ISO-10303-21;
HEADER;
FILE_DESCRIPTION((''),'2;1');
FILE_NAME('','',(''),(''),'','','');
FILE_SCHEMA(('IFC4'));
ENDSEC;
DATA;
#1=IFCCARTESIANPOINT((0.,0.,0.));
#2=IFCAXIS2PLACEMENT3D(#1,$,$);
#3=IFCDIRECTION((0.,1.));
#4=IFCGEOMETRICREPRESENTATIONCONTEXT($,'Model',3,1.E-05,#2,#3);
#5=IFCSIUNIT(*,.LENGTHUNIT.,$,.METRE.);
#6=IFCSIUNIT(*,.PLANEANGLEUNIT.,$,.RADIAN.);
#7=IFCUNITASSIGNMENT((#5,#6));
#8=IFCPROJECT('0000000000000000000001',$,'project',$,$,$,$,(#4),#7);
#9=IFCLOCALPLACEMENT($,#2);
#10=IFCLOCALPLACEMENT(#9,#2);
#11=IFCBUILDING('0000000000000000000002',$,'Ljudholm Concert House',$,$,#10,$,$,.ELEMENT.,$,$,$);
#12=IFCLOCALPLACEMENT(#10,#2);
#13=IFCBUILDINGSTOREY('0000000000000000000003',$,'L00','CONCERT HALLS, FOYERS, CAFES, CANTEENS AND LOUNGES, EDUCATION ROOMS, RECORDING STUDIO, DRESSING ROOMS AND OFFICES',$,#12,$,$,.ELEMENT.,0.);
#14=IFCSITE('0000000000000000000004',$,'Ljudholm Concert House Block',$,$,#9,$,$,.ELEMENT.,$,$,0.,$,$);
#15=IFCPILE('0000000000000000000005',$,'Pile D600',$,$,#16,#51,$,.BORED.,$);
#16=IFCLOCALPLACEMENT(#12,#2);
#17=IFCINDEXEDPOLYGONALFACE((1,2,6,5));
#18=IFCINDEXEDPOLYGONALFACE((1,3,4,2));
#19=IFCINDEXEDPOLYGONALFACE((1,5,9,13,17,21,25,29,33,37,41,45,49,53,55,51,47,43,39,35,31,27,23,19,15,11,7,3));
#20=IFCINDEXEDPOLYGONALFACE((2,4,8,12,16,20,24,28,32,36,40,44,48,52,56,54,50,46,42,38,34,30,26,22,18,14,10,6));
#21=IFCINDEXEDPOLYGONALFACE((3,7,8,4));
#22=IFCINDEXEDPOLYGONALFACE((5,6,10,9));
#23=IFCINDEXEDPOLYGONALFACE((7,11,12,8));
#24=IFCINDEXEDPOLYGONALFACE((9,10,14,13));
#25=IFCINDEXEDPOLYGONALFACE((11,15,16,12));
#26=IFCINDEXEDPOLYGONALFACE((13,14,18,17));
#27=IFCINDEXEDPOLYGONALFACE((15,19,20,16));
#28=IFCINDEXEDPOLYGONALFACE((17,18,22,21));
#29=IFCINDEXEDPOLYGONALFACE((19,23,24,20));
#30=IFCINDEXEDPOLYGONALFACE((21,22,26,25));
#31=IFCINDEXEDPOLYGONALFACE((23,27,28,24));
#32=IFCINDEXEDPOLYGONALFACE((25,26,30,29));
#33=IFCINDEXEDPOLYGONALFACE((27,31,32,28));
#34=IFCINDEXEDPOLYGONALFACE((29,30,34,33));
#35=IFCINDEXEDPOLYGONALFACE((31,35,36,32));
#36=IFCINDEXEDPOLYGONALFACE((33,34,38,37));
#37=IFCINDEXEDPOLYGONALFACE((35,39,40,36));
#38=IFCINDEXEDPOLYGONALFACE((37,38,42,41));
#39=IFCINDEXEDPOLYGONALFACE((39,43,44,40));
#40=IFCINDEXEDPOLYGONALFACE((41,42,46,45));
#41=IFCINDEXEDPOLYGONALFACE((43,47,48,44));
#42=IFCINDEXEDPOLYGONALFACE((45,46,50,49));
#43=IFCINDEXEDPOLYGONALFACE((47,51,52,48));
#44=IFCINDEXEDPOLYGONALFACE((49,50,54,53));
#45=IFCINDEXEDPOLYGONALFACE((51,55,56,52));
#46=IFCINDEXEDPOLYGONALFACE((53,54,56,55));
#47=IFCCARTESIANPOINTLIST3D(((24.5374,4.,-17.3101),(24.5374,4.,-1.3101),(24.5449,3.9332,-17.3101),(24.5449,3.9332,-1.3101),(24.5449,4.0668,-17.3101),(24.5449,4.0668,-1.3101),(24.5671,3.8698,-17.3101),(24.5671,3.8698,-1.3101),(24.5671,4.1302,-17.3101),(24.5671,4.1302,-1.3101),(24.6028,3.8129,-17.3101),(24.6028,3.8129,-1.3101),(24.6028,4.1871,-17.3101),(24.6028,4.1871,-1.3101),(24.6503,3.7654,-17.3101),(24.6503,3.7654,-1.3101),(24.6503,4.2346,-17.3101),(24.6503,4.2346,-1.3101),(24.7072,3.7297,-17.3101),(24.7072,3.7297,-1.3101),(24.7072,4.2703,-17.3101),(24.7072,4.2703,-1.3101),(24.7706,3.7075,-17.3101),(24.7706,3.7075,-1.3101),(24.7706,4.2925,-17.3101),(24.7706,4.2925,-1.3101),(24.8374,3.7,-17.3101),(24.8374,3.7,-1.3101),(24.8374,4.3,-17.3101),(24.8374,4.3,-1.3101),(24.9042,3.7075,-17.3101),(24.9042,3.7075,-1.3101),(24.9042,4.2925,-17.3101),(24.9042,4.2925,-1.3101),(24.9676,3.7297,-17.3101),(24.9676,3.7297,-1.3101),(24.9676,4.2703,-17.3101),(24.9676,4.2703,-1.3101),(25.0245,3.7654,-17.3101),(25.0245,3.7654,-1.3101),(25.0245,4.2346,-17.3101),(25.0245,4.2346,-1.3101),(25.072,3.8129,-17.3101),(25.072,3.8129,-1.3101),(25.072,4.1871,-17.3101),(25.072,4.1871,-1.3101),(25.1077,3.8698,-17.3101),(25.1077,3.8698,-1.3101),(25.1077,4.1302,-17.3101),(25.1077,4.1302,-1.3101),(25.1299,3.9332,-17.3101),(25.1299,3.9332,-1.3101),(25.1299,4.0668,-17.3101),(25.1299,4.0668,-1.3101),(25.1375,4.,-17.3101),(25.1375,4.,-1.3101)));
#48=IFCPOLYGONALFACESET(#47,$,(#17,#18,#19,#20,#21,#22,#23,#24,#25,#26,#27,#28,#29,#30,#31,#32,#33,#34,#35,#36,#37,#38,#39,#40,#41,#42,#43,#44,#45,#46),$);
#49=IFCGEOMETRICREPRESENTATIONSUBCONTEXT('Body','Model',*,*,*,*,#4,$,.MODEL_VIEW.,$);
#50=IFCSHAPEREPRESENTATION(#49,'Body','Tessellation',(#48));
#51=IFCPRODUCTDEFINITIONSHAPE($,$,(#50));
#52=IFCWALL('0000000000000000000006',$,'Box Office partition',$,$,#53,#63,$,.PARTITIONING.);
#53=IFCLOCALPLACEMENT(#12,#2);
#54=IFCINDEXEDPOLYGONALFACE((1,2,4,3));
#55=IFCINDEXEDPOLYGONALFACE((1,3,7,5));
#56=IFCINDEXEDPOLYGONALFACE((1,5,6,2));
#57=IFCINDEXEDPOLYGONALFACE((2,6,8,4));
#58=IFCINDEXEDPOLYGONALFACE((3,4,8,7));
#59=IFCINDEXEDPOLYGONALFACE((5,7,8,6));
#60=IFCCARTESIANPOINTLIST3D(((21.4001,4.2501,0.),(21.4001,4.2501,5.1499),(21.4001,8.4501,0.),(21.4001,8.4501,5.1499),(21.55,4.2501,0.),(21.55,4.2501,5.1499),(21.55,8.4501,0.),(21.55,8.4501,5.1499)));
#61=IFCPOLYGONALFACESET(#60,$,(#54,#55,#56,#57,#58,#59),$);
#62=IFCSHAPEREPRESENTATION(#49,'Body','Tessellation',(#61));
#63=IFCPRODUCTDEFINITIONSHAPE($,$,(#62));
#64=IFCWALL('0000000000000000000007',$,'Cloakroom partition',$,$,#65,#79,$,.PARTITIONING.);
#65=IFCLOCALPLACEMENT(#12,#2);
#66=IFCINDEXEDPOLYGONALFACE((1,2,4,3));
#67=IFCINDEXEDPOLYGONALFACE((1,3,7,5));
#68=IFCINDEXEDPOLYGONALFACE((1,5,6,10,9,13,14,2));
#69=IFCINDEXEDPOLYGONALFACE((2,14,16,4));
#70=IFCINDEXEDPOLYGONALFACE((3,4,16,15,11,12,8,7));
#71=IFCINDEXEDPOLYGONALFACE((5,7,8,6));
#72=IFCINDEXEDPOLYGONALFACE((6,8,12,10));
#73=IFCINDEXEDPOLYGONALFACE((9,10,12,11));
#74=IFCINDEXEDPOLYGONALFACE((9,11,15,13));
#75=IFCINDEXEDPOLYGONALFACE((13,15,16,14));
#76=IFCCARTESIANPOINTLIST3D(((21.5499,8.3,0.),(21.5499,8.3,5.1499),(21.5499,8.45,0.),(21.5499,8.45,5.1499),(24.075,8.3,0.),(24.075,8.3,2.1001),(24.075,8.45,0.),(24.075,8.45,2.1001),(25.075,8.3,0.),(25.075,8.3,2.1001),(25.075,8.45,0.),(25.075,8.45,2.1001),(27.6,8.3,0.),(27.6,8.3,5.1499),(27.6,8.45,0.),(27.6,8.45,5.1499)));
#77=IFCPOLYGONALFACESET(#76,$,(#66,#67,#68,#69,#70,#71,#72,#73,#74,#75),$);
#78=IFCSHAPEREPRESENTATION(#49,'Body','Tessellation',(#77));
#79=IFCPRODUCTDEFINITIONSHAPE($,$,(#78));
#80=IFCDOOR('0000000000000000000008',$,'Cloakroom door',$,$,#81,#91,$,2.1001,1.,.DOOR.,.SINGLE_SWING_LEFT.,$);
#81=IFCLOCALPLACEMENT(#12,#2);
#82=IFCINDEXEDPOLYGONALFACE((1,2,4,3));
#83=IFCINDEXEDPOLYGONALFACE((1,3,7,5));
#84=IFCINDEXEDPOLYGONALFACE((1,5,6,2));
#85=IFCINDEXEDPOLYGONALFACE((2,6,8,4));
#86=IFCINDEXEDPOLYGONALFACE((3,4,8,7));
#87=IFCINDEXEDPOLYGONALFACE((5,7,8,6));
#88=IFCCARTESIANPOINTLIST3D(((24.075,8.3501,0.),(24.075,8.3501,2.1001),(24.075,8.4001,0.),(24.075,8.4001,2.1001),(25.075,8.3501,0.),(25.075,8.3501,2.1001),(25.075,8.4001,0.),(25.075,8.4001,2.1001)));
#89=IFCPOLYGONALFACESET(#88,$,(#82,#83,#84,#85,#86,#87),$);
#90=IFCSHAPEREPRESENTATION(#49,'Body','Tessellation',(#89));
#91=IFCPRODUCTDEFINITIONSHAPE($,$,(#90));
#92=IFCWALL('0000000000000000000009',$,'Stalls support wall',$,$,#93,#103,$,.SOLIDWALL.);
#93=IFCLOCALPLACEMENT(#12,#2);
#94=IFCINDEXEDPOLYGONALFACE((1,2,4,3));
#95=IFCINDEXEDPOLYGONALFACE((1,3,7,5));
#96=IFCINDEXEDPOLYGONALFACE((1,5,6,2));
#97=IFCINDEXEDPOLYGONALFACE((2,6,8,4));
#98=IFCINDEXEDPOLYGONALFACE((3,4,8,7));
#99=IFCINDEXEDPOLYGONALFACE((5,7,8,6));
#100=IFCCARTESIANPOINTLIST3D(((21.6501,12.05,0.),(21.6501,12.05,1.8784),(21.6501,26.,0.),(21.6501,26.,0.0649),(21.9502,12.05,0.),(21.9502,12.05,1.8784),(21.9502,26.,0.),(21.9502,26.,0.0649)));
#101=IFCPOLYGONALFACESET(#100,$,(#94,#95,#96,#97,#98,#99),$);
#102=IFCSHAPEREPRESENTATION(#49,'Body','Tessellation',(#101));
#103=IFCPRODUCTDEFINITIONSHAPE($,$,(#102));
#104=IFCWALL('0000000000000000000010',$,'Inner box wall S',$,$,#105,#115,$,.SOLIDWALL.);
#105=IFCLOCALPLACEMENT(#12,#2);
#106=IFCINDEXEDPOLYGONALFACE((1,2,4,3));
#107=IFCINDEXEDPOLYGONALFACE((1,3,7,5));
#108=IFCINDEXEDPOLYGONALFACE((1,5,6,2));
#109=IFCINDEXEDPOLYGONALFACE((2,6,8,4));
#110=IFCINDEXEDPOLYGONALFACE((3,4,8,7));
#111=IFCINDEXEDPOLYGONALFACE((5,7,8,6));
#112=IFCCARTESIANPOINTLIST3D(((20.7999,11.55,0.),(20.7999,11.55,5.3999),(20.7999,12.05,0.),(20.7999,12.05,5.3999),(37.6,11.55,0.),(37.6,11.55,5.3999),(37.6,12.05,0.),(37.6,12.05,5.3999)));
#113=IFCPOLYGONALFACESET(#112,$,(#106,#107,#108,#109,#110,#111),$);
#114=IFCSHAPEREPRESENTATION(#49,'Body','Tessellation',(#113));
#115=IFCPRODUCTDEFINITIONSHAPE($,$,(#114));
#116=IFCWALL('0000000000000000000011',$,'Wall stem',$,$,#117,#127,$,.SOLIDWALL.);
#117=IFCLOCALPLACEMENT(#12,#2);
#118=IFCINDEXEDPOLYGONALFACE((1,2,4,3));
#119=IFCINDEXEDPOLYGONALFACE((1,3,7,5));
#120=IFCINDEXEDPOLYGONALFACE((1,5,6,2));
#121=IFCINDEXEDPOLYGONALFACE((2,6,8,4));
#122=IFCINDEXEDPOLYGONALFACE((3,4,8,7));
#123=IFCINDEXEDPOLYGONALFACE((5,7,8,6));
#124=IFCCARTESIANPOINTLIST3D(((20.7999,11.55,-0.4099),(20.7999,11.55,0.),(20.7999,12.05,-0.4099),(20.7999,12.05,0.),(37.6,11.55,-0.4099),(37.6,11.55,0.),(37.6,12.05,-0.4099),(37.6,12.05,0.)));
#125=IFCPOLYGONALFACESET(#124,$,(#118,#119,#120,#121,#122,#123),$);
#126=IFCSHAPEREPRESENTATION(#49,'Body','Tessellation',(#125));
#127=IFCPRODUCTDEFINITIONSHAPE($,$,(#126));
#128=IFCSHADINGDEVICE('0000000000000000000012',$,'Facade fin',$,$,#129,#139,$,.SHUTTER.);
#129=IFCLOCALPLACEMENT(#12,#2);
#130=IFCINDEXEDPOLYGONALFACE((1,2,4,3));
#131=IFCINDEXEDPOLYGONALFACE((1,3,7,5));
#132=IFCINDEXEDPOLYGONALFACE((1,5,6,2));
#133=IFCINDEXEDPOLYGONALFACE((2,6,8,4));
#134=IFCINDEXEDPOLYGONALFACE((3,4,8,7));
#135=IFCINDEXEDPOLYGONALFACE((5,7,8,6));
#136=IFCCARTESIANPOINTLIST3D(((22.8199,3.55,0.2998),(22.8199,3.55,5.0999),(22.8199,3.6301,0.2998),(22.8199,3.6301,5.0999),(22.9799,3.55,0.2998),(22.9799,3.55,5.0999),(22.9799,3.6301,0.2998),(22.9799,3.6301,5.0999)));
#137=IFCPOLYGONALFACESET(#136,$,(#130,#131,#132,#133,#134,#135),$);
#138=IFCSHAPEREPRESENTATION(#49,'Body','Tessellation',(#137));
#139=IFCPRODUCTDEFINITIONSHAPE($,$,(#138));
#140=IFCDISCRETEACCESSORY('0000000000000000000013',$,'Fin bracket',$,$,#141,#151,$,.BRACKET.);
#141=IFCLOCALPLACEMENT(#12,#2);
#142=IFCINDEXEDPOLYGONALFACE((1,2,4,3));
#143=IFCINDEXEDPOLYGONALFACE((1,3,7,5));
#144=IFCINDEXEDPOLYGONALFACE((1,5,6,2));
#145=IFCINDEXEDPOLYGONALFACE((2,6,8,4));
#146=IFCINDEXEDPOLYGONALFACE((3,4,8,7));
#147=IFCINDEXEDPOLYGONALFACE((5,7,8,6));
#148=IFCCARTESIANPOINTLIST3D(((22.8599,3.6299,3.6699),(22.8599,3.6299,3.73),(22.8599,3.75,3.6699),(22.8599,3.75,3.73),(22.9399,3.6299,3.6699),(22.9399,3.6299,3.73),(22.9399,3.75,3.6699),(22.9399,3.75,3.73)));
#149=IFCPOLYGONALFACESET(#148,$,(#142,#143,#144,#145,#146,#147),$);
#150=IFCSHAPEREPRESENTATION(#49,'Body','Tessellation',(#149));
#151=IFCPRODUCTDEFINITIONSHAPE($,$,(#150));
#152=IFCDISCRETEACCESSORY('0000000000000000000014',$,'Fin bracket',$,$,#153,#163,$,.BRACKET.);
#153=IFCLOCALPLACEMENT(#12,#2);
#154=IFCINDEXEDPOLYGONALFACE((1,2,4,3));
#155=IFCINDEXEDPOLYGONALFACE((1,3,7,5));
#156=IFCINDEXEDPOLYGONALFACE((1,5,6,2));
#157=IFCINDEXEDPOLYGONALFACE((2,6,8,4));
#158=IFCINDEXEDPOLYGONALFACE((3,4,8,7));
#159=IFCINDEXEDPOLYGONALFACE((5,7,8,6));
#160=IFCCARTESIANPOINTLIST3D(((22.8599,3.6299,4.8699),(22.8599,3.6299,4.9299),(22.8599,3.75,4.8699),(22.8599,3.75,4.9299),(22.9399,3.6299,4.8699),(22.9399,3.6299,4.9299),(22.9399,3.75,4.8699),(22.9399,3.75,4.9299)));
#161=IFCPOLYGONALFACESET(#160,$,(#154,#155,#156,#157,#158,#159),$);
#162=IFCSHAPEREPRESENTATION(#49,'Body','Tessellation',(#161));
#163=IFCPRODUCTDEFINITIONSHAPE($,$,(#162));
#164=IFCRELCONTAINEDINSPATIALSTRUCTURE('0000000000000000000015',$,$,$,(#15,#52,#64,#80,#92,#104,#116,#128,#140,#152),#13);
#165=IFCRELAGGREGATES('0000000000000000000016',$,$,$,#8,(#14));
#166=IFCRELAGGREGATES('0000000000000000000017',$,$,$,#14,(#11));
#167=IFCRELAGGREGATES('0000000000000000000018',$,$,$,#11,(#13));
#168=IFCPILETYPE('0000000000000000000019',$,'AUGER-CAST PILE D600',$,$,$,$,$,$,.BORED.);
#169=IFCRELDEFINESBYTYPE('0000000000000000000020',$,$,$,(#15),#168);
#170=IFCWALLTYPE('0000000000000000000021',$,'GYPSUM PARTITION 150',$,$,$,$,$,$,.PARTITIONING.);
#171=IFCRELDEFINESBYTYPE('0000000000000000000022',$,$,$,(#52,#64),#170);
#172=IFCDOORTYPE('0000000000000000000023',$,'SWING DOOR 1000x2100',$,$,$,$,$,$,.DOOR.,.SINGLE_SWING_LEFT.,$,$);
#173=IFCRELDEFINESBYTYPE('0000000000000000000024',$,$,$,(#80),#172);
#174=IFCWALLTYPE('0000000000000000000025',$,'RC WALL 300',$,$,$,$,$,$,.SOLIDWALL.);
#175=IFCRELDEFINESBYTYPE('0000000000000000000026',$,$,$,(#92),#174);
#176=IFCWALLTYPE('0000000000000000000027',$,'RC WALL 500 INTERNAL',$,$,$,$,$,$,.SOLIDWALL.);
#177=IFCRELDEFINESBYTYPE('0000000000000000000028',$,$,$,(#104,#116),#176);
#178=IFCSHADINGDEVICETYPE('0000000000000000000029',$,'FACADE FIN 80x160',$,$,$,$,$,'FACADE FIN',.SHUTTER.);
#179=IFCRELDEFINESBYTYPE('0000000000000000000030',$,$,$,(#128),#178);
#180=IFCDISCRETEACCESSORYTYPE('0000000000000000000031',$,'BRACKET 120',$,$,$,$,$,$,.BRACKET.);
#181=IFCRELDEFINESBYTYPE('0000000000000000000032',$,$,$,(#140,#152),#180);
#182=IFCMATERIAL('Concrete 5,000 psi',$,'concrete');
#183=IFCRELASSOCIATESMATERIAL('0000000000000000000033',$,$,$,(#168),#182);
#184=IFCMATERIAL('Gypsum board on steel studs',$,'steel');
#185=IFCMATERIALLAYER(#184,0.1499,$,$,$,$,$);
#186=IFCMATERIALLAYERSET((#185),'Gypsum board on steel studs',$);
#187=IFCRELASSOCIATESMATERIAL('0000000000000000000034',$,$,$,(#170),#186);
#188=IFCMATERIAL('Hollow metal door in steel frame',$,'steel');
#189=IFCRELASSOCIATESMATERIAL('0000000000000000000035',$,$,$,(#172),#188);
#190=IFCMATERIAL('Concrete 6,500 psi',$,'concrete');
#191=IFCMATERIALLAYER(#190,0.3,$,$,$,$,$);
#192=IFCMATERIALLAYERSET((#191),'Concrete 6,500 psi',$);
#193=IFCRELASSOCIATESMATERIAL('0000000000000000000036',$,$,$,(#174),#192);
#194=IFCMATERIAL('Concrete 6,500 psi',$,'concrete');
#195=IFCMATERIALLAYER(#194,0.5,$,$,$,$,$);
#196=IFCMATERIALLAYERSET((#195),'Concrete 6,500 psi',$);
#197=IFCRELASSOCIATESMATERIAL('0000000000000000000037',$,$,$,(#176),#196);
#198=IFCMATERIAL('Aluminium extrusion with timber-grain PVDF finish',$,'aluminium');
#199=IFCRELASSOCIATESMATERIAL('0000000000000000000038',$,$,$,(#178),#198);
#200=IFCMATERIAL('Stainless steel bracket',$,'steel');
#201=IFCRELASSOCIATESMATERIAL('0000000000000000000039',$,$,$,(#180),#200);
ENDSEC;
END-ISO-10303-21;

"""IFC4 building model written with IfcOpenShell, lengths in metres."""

from ifc_helpers import new_model, si_unit, direction, frame, frame_2d, origin, origin_2d, place, context, subcontext, project, spatial, polyline, rectangle, circle, outline, extrude, material, layer, layer_set, material_profile, profile_set, type_object, element, fill, save


model = new_model("IFC4")

# Units and contexts
model_context = context("Model", 3, precision=1e-05, world=origin(), true_north=direction((0.0, 1.0)))
body_context = subcontext(model_context, "Body", "Model", "MODEL_VIEW")
ifc_project = project(units=[si_unit("LENGTHUNIT", "METRE"), si_unit("PLANEANGLEUNIT", "RADIAN")], contexts=[model_context])

# Site, building, storey
site_placement = place(None, origin())
site = spatial("IfcSite", under=ifc_project, at=site_placement, Name="Ljudholm Concert House Block", CompositionType="ELEMENT", RefElevation=0.0)
building_placement = place(site_placement, origin())
building = spatial("IfcBuilding", under=site, at=building_placement, Name="Ljudholm Concert House", CompositionType="ELEMENT")
storey_placement = place(building_placement, origin())
storey = spatial("IfcBuildingStorey", under=building, at=storey_placement, Name="L00", Description="CONCERT HALLS, FOYERS, CAFES, CANTEENS AND LOUNGES, EDUCATION ROOMS, RECORDING STUDIO, DRESSING ROOMS AND OFFICES", CompositionType="ELEMENT", Elevation=0.0)

# Pile
ifc_material_1 = material(Name="Concrete 5,000 psi", Category="concrete")
ifc_material_profile = material_profile(ifc_material_1, circle(Radius=0.3, at=origin_2d()), Name="AUGER-CAST PILE D600")
ifc_profile_set = profile_set([ifc_material_profile], Name="Concrete 5,000 psi")
pile_type = type_object("IfcPileType", Name="AUGER-CAST PILE D600", PredefinedType="BORED", material=ifc_profile_set)
for number, where, z_axis, x_axis, name in (
    (1, (24.8374, 4.0, -1.3101), (0.0, 0.0, -1.0), (1.0, 0.0, 0.0), "Pile D600"),
):
    element("IfcPile", number, at=place(storey_placement, frame(where, z_axis=z_axis, x_axis=x_axis)), inside=storey, type_object=pile_type, Name=name, PredefinedType="BORED", context=body_context, shape_type="SweptSolid", body=[
        extrude(circle(Radius=0.3, at=origin_2d()), origin(), (0.0, 0.0, 1.0), 16.0),
    ])

# Wall
ifc_material_2 = material(Name="Gypsum board on steel studs", Category="steel")
ifc_layer_1 = layer(ifc_material_2, 0.1499)
ifc_layer_set_1 = layer_set([ifc_layer_1], Name="Gypsum board on steel studs")
wall_type_1 = type_object("IfcWallType", Name="GYPSUM PARTITION 150", PredefinedType="PARTITIONING", material=ifc_layer_set_1)
wall_1_placement = place(storey_placement, frame((21.4751, 4.25, 0.0), z_axis=(0.0, 0.0, 1.0), x_axis=(0.0, 1.0, 0.0)))
element("IfcWall", 2, at=wall_1_placement, inside=storey, type_object=wall_type_1, Name="Box Office partition", PredefinedType="PARTITIONING", context=body_context, shape_type="SweptSolid", body=[
    extrude(rectangle(XDim=4.2, YDim=0.1499, at=frame_2d((2.1001, 0.0))), origin(), (0.0, 0.0, 1.0), 5.1499),
])

# Wall, opening, door
wall_2_placement = place(storey_placement, frame((21.55, 8.375, 0.0), z_axis=(0.0, 0.0, 1.0), x_axis=(1.0, 0.0, 0.0)))
wall_2 = element("IfcWall", 3, at=wall_2_placement, inside=storey, type_object=wall_type_1, Name="Cloakroom partition", PredefinedType="PARTITIONING", context=body_context, shape_type="SweptSolid", body=[
    extrude(rectangle(XDim=6.05, YDim=0.1499, at=frame_2d((3.0249, 0.0))), origin(), (0.0, 0.0, 1.0), 5.1499),
])
opening_placement = place(wall_2_placement, frame((2.5249, 0.0, 0.0)))
opening = element("IfcOpeningElement", 4, at=opening_placement, cuts=wall_2, PredefinedType="OPENING", context=body_context, shape_type="SweptSolid", body=[
    extrude(rectangle(XDim=1.0, YDim=2.1001, at=frame_2d((0.5, 1.05))), frame((0.0, 0.085, 0.0), z_axis=(0.0, -1.0, 0.0), x_axis=(1.0, 0.0, 0.0)), (0.0, 0.0, 1.0), 0.1699),
])
ifc_material_3 = material(Name="Hollow metal door in steel frame", Category="steel")
door_type = type_object("IfcDoorType", Name="SWING DOOR 1000x2100", OperationType="SINGLE_SWING_LEFT", PredefinedType="DOOR", material=ifc_material_3)
door_placement = place(opening_placement, frame((1.0, 0.0, 0.0), z_axis=(0.0, 0.0, 1.0), x_axis=(-1.0, 0.0, 0.0)))
door = element("IfcDoor", 5, at=door_placement, inside=storey, type_object=door_type, Name="Cloakroom door", OperationType="SINGLE_SWING_LEFT", OverallHeight=2.1001, OverallWidth=1.0, PredefinedType="DOOR", context=body_context, shape_type="SweptSolid", body=[
    extrude(rectangle(XDim=1.0, YDim=2.1001, at=frame_2d((0.5, 1.05))), frame((0.0, 0.0249, 0.0), z_axis=(0.0, -1.0, 0.0), x_axis=(1.0, 0.0, 0.0)), (0.0, 0.0, 1.0), 0.05),
])
fill(opening, door)

# Walls
ifc_material_4 = material(Name="Concrete 6,500 psi", Category="concrete")
ifc_layer_2 = layer(ifc_material_4, 0.3)
ifc_layer_set_2 = layer_set([ifc_layer_2], Name="Concrete 6,500 psi")
wall_type_2 = type_object("IfcWallType", Name="RC WALL 300", PredefinedType="SOLIDWALL", material=ifc_layer_set_2)
wall_3_placement = place(storey_placement, frame((21.8, 12.05, 0.0), z_axis=(0.0, 0.0, 1.0), x_axis=(0.0, 1.0, 0.0)))
element("IfcWall", 6, at=wall_3_placement, inside=storey, type_object=wall_type_2, Name="Stalls support wall", PredefinedType="SOLIDWALL", context=body_context, shape_type="SweptSolid", body=[
    extrude(outline(polyline([(0.0, 0.0), (13.95, 0.0), (13.95, 0.0649), (0.0, 1.8784), (0.0, 0.0)])), frame((0.0, 0.1499, 0.0), z_axis=(0.0, -1.0, 0.0), x_axis=(1.0, 0.0, 0.0)), (0.0, 0.0, 1.0), 0.3),
])
ifc_material_5 = material(Name="Concrete 6,500 psi", Category="concrete")
ifc_layer_3 = layer(ifc_material_5, 0.5)
ifc_layer_set_3 = layer_set([ifc_layer_3], Name="Concrete 6,500 psi")
wall_type_3 = type_object("IfcWallType", Name="RC WALL 500 INTERNAL", PredefinedType="SOLIDWALL", material=ifc_layer_set_3)
wall_4_placement = place(storey_placement, frame((20.8, 11.8, 0.0), z_axis=(0.0, 0.0, 1.0), x_axis=(1.0, 0.0, 0.0)))
element("IfcWall", 7, at=wall_4_placement, inside=storey, type_object=wall_type_3, Name="Inner box wall S", PredefinedType="SOLIDWALL", context=body_context, shape_type="SweptSolid", body=[
    extrude(rectangle(XDim=16.8, YDim=0.5, at=frame_2d((8.3999, 0.0))), origin(), (0.0, 0.0, 1.0), 5.3999),
])
wall_5_placement = place(storey_placement, frame((20.8, 11.8, -0.4099), z_axis=(0.0, 0.0, 1.0), x_axis=(1.0, 0.0, 0.0)))
element("IfcWall", 8, at=wall_5_placement, inside=storey, type_object=wall_type_3, Name="Wall stem", PredefinedType="SOLIDWALL", context=body_context, shape_type="SweptSolid", body=[
    extrude(rectangle(XDim=16.8, YDim=0.5, at=frame_2d((8.3999, 0.0))), origin(), (0.0, 0.0, 1.0), 0.4099),
])

# Shading device
ifc_material_6 = material(Name="Aluminium extrusion with timber-grain PVDF finish", Category="aluminium")
shading_device_type = type_object("IfcShadingDeviceType", Name="FACADE FIN 80x160", ElementType="FACADE FIN", PredefinedType="SHUTTER", material=ifc_material_6)
shading_device_placement = place(storey_placement, frame((22.8999, 3.5901, 0.2998), z_axis=(0.0, 0.0, 1.0), x_axis=(0.0, -1.0, 0.0)))
element("IfcShadingDevice", 9, at=shading_device_placement, inside=storey, type_object=shading_device_type, Name="Facade fin", PredefinedType="SHUTTER", context=body_context, shape_type="SweptSolid", body=[
    extrude(rectangle(XDim=0.0801, YDim=0.1599, at=origin_2d()), origin(), (0.0, 0.0, 1.0), 4.8),
])

# Discrete accessories
ifc_material_7 = material(Name="Stainless steel bracket", Category="steel")
discrete_accessory_type = type_object("IfcDiscreteAccessoryType", Name="BRACKET 120", PredefinedType="BRACKET", material=ifc_material_7)
for number, where, z_axis, x_axis, name in (
    (10, (22.8999, 3.6899, 3.6699), (0.0, 0.0, 1.0), (0.0, -1.0, 0.0), "Fin bracket"),
    (11, (22.8999, 3.6899, 4.8699), (0.0, 0.0, 1.0), (0.0, -1.0, 0.0), "Fin bracket"),
):
    element("IfcDiscreteAccessory", number, at=place(storey_placement, frame(where, z_axis=z_axis, x_axis=x_axis)), inside=storey, type_object=discrete_accessory_type, Name=name, PredefinedType="BRACKET", context=body_context, shape_type="SweptSolid", body=[
        extrude(rectangle(XDim=0.1201, YDim=0.0801, at=origin_2d()), origin(), (0.0, 0.0, 1.0), 0.0601),
    ])

save(model, "model.ifc")
